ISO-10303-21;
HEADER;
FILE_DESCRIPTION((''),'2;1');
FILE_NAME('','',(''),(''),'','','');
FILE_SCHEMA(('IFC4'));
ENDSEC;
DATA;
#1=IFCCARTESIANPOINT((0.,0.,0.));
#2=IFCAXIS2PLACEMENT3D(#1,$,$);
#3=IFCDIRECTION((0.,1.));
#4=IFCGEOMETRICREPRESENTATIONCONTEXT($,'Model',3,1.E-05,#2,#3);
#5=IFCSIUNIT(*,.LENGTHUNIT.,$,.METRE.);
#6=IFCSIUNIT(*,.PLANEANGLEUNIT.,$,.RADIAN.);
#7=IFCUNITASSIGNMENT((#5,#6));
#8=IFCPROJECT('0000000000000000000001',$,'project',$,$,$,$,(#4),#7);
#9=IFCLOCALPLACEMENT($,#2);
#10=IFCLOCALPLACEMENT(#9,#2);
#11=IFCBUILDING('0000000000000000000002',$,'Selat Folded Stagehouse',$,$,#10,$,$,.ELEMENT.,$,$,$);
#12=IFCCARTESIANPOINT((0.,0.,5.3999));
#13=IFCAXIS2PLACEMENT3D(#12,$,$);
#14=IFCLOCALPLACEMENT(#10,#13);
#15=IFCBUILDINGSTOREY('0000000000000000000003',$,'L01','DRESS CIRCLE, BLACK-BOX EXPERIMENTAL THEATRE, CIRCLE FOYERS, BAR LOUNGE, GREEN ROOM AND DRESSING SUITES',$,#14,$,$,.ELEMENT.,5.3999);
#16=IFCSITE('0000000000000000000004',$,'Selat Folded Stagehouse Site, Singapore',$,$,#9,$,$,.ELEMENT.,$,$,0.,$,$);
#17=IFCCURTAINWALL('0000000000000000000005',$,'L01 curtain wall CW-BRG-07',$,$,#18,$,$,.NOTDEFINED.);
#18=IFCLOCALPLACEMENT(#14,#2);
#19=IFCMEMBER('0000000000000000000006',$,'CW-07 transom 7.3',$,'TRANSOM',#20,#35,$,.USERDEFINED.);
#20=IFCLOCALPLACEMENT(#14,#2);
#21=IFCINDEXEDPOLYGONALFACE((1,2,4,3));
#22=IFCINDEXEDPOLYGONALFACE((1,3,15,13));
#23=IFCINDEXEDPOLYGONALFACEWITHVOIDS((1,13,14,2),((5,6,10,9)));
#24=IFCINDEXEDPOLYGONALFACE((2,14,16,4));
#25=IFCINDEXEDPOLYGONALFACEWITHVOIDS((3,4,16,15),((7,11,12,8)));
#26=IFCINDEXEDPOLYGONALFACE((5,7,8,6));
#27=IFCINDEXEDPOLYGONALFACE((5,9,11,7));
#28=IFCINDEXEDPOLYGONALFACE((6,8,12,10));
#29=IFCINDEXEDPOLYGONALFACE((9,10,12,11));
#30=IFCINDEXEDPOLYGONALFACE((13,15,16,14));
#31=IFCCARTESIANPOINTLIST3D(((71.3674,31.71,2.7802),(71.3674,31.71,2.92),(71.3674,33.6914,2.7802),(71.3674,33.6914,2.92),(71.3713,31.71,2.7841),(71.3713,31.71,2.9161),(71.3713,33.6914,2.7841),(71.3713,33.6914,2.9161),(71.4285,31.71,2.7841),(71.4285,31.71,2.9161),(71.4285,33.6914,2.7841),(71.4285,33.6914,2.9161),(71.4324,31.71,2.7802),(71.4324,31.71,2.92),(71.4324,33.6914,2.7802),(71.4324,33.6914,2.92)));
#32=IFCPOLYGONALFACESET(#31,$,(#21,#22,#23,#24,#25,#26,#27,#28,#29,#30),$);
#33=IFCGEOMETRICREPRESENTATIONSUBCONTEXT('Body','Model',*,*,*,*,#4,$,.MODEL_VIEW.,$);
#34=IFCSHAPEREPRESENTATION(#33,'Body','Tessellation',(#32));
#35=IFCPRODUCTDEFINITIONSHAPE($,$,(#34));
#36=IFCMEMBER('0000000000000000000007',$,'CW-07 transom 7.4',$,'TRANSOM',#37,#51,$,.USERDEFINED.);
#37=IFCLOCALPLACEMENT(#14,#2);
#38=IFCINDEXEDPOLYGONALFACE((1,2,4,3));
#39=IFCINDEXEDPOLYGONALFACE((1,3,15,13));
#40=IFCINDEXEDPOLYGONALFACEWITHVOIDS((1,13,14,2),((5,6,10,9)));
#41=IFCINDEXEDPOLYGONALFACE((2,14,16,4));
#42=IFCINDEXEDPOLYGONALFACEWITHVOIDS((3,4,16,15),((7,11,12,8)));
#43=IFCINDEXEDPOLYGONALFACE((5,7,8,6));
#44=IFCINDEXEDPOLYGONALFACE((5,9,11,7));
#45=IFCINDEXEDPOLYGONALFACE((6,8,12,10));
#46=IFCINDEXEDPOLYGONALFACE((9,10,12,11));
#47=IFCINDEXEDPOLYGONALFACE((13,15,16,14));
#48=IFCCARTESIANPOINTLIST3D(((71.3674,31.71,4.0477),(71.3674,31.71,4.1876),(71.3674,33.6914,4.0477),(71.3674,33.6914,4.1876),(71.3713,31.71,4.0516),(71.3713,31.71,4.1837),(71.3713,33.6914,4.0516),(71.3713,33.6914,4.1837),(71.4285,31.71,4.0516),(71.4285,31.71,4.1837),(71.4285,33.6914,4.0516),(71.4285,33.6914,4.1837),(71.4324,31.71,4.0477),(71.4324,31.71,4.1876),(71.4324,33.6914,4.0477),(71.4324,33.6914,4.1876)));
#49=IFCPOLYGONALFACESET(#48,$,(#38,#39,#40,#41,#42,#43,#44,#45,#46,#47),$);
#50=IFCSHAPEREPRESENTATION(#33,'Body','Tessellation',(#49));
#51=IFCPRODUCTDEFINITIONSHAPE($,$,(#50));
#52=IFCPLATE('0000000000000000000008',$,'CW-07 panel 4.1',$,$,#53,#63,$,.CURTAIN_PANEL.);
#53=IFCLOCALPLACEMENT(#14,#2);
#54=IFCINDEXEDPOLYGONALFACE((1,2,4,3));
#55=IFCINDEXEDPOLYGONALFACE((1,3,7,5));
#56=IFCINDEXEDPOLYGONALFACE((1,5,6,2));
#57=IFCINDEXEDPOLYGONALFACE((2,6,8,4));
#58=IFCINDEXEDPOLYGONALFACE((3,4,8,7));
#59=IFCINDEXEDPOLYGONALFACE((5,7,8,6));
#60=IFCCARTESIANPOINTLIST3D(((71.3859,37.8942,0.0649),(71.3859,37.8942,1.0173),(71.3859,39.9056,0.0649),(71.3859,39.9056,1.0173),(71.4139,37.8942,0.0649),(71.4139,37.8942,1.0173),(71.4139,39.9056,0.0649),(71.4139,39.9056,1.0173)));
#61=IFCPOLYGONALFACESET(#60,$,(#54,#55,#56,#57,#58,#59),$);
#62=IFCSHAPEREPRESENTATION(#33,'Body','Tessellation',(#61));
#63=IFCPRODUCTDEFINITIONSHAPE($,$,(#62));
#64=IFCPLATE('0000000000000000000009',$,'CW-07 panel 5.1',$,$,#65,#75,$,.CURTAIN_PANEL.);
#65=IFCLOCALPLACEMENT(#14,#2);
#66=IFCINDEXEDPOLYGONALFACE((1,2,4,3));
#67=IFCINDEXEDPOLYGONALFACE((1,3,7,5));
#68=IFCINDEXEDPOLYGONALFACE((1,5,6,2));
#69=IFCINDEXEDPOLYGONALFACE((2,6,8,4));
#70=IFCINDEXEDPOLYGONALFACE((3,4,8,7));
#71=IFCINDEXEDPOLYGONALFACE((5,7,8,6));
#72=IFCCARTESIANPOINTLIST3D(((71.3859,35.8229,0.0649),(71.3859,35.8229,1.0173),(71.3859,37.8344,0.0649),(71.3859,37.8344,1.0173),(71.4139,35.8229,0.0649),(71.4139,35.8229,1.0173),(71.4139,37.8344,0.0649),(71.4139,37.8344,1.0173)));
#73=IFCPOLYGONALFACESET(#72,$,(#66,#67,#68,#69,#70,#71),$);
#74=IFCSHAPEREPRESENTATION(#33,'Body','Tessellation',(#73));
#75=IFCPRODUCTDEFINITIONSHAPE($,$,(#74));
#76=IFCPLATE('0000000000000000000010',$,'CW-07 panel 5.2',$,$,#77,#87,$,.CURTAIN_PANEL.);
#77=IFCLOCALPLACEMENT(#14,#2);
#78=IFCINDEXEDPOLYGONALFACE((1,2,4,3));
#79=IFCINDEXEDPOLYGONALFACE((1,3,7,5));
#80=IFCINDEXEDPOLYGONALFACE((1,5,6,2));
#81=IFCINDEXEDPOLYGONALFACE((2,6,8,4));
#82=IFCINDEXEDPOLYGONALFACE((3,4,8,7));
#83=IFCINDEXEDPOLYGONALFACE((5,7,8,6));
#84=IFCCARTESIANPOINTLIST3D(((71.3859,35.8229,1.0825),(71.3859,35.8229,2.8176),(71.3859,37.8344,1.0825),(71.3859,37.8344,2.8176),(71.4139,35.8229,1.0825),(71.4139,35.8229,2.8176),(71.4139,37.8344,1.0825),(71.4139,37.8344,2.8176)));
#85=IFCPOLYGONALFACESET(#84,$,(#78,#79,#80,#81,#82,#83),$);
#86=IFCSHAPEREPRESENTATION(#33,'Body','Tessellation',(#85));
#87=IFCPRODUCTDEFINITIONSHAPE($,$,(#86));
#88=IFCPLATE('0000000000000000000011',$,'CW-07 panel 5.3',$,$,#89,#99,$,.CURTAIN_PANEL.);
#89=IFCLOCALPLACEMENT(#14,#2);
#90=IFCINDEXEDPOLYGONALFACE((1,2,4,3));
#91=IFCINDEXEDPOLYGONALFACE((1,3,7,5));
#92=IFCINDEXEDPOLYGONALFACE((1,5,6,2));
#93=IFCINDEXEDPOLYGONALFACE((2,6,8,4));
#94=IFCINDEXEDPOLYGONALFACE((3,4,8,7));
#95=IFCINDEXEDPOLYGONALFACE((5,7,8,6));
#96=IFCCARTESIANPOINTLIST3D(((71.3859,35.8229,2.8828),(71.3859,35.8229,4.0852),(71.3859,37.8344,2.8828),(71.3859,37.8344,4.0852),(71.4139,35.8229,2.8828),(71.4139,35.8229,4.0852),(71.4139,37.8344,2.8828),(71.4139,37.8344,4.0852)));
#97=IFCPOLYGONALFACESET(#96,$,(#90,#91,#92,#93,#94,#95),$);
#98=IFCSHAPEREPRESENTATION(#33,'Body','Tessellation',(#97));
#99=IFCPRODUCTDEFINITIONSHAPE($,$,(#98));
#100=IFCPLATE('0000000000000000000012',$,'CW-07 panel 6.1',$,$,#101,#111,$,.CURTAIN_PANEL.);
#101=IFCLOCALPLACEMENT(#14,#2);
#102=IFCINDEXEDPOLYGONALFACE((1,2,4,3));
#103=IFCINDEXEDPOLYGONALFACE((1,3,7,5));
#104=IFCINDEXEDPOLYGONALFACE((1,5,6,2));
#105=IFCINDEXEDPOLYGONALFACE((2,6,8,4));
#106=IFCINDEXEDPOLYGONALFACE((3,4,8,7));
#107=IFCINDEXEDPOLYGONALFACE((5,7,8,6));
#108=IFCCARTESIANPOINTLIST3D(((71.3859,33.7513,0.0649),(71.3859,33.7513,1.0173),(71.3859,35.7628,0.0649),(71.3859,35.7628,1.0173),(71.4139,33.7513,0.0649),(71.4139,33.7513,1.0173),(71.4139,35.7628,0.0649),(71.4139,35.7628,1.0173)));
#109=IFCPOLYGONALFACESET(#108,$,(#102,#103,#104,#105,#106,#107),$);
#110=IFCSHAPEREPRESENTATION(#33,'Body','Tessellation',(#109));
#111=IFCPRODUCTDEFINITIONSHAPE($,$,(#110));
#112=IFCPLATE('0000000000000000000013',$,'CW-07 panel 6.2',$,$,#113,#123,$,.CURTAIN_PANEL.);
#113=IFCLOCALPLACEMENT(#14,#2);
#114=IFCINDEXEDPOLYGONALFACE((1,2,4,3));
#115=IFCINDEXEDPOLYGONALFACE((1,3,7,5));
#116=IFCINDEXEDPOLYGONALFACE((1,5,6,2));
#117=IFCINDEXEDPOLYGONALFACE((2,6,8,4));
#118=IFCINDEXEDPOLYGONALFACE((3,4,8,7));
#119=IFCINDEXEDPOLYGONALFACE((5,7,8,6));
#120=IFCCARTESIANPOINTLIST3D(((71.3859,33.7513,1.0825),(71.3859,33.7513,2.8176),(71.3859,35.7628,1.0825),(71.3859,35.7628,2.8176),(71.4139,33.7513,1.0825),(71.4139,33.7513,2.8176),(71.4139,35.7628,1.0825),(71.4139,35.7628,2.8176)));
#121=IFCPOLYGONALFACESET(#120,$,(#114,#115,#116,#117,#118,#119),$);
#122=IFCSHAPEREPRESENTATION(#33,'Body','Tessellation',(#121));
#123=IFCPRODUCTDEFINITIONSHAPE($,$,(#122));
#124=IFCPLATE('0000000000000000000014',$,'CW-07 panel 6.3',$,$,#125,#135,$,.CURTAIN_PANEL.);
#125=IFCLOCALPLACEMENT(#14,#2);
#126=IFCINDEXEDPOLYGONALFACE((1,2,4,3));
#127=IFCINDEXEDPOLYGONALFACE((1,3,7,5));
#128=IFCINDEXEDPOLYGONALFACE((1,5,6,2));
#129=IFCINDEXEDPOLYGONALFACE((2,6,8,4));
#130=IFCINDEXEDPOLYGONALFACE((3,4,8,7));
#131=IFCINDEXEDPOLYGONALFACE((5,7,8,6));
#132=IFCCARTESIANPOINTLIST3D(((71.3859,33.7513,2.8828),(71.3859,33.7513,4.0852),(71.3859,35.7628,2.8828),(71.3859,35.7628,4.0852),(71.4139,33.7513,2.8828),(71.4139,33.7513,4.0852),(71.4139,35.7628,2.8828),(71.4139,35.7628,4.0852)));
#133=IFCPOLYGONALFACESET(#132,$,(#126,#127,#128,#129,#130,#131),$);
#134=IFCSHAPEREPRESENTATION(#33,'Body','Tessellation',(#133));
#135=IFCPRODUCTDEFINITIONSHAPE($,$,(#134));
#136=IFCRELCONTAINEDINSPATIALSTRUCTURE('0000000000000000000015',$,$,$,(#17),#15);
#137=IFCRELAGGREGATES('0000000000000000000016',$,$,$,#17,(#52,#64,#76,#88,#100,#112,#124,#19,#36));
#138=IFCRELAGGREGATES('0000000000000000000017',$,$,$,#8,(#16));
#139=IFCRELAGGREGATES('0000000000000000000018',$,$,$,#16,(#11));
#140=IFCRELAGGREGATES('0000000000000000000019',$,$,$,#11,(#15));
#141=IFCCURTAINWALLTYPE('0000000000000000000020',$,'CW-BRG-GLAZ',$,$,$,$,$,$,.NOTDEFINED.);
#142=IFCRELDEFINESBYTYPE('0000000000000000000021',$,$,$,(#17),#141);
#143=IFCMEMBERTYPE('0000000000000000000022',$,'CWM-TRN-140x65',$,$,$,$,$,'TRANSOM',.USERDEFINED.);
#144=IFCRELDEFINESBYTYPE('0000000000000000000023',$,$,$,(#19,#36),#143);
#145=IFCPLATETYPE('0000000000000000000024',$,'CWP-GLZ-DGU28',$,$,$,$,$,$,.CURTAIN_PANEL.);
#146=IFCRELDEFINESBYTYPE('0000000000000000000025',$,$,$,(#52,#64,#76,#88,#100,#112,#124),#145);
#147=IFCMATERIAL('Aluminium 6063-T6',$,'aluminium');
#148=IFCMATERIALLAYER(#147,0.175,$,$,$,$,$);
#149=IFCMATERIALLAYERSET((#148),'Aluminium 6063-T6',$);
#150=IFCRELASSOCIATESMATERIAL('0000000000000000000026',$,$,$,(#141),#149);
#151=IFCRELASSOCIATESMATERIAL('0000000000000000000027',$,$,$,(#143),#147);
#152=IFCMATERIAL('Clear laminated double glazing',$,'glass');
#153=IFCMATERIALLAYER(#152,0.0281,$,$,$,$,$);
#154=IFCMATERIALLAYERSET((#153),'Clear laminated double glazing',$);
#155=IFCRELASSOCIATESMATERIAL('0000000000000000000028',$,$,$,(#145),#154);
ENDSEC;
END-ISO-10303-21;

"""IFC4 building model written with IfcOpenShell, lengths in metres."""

from ifc_helpers import new_model, si_unit, direction, frame, origin, origin_2d, place, context, subcontext, project, spatial, rectangle, hollow_rectangle, extrude, material, layer, layer_set, material_profile, profile_set, type_object, element, aggregate, save


model = new_model("IFC4")

# Units and contexts
model_context = context("Model", 3, precision=1e-05, world=origin(), true_north=direction((0.0, 1.0)))
body_context = subcontext(model_context, "Body", "Model", "MODEL_VIEW")
ifc_project = project(units=[si_unit("LENGTHUNIT", "METRE"), si_unit("PLANEANGLEUNIT", "RADIAN")], contexts=[model_context])

# Site, building, storey
site_placement = place(None, origin())
site = spatial("IfcSite", under=ifc_project, at=site_placement, Name="Selat Folded Stagehouse Site, Singapore", CompositionType="ELEMENT", RefElevation=0.0)
building_placement = place(site_placement, origin())
building = spatial("IfcBuilding", under=site, at=building_placement, Name="Selat Folded Stagehouse", CompositionType="ELEMENT")
storey_placement = place(building_placement, frame((0.0, 0.0, 5.3999)))
storey = spatial("IfcBuildingStorey", under=building, at=storey_placement, Name="L01", Description="DRESS CIRCLE, BLACK-BOX EXPERIMENTAL THEATRE, CIRCLE FOYERS, BAR LOUNGE, GREEN ROOM AND DRESSING SUITES", CompositionType="ELEMENT", Elevation=5.3999)

# Curtain wall, members, plates
ifc_material_1 = material(Name="Aluminium 6063-T6", Category="aluminium")
ifc_layer_1 = layer(ifc_material_1, 0.175)
ifc_layer_set_1 = layer_set([ifc_layer_1], Name="Aluminium 6063-T6")
curtain_wall_type = type_object("IfcCurtainWallType", Name="CW-BRG-GLAZ", PredefinedType="NOTDEFINED", material=ifc_layer_set_1)
curtain_wall_placement = place(storey_placement, origin())
curtain_wall = element("IfcCurtainWall", 1, at=curtain_wall_placement, inside=storey, type_object=curtain_wall_type, Name="L01 curtain wall CW-BRG-07", PredefinedType="NOTDEFINED")
ifc_material_profile_1 = material_profile(ifc_material_1, hollow_rectangle(XDim=0.0649, YDim=0.1399, WallThickness=0.0039, at=origin_2d()), Name="ALU 140x65x4.0")
ifc_profile_set_1 = profile_set([ifc_material_profile_1], Name="Aluminium 6063-T6")
member_type_1 = type_object("IfcMemberType", Name="CWM-TRN-140x65", ElementType="TRANSOM", PredefinedType="USERDEFINED", material=ifc_profile_set_1)
member_1_placement = place(storey_placement, frame((71.3999, 33.6914, 2.8501), z_axis=(0.0, -1.0, 0.0), x_axis=(1.0, 0.0, 0.0)))
member_1 = element("IfcMember", 2, at=member_1_placement, type_object=member_type_1, Name="CW-07 transom 7.3", ObjectType="TRANSOM", PredefinedType="USERDEFINED", context=body_context, shape_type="SweptSolid", body=[
    extrude(hollow_rectangle(XDim=0.0649, YDim=0.1399, WallThickness=0.0039, at=origin_2d()), origin(), (0.0, 0.0, 1.0), 1.9814),
])
member_2_placement = place(storey_placement, frame((71.3999, 33.6914, 4.1177), z_axis=(0.0, -1.0, 0.0), x_axis=(1.0, 0.0, 0.0)))
member_2 = element("IfcMember", 3, at=member_2_placement, type_object=member_type_1, Name="CW-07 transom 7.4", ObjectType="TRANSOM", PredefinedType="USERDEFINED", context=body_context, shape_type="SweptSolid", body=[
    extrude(hollow_rectangle(XDim=0.0649, YDim=0.1399, WallThickness=0.0039, at=origin_2d()), origin(), (0.0, 0.0, 1.0), 1.9814),
])
ifc_material_2 = material(Name="Clear laminated double glazing", Category="glass")
ifc_layer_2 = layer(ifc_material_2, 0.0281)
ifc_layer_set_2 = layer_set([ifc_layer_2], Name="Clear laminated double glazing")
plate_type = type_object("IfcPlateType", Name="CWP-GLZ-DGU28", PredefinedType="CURTAIN_PANEL", material=ifc_layer_set_2)
plate_1_placement = place(storey_placement, frame((71.3999, 38.8999, 0.0649), z_axis=(0.0, 0.0, 1.0), x_axis=(0.0, -1.0, 0.0)))
plate_1 = element("IfcPlate", 4, at=plate_1_placement, type_object=plate_type, Name="CW-07 panel 4.1", PredefinedType="CURTAIN_PANEL", context=body_context, shape_type="SweptSolid", body=[
    extrude(rectangle(XDim=2.0115, YDim=0.0281, at=origin_2d()), origin(), (0.0, 0.0, 1.0), 0.9524),
])
plate_2_placement = place(storey_placement, frame((71.3999, 36.8286, 0.0649), z_axis=(0.0, 0.0, 1.0), x_axis=(0.0, -1.0, 0.0)))
plate_2 = element("IfcPlate", 5, at=plate_2_placement, type_object=plate_type, Name="CW-07 panel 5.1", PredefinedType="CURTAIN_PANEL", context=body_context, shape_type="SweptSolid", body=[
    extrude(rectangle(XDim=2.0115, YDim=0.0281, at=origin_2d()), origin(), (0.0, 0.0, 1.0), 0.9524),
])
plate_3_placement = place(storey_placement, frame((71.3999, 36.8286, 1.0825), z_axis=(0.0, 0.0, 1.0), x_axis=(0.0, -1.0, 0.0)))
plate_3 = element("IfcPlate", 6, at=plate_3_placement, type_object=plate_type, Name="CW-07 panel 5.2", PredefinedType="CURTAIN_PANEL", context=body_context, shape_type="SweptSolid", body=[
    extrude(rectangle(XDim=2.0115, YDim=0.0281, at=origin_2d()), origin(), (0.0, 0.0, 1.0), 1.7351),
])
plate_4_placement = place(storey_placement, frame((71.3999, 36.8286, 2.8828), z_axis=(0.0, 0.0, 1.0), x_axis=(0.0, -1.0, 0.0)))
plate_4 = element("IfcPlate", 7, at=plate_4_placement, type_object=plate_type, Name="CW-07 panel 5.3", PredefinedType="CURTAIN_PANEL", context=body_context, shape_type="SweptSolid", body=[
    extrude(rectangle(XDim=2.0115, YDim=0.0281, at=origin_2d()), origin(), (0.0, 0.0, 1.0), 1.2024),
])
plate_5_placement = place(storey_placement, frame((71.3999, 34.7571, 0.0649), z_axis=(0.0, 0.0, 1.0), x_axis=(0.0, -1.0, 0.0)))
plate_5 = element("IfcPlate", 8, at=plate_5_placement, type_object=plate_type, Name="CW-07 panel 6.1", PredefinedType="CURTAIN_PANEL", context=body_context, shape_type="SweptSolid", body=[
    extrude(rectangle(XDim=2.0115, YDim=0.0281, at=origin_2d()), origin(), (0.0, 0.0, 1.0), 0.9524),
])
plate_6_placement = place(storey_placement, frame((71.3999, 34.7571, 1.0825), z_axis=(0.0, 0.0, 1.0), x_axis=(0.0, -1.0, 0.0)))
plate_6 = element("IfcPlate", 9, at=plate_6_placement, type_object=plate_type, Name="CW-07 panel 6.2", PredefinedType="CURTAIN_PANEL", context=body_context, shape_type="SweptSolid", body=[
    extrude(rectangle(XDim=2.0115, YDim=0.0281, at=origin_2d()), origin(), (0.0, 0.0, 1.0), 1.7351),
])
plate_7_placement = place(storey_placement, frame((71.3999, 34.7571, 2.8828), z_axis=(0.0, 0.0, 1.0), x_axis=(0.0, -1.0, 0.0)))
plate_7 = element("IfcPlate", 10, at=plate_7_placement, type_object=plate_type, Name="CW-07 panel 6.3", PredefinedType="CURTAIN_PANEL", context=body_context, shape_type="SweptSolid", body=[
    extrude(rectangle(XDim=2.0115, YDim=0.0281, at=origin_2d()), origin(), (0.0, 0.0, 1.0), 1.2024),
])
aggregate(curtain_wall, [plate_1, plate_2, plate_3, plate_4, plate_5, plate_6, plate_7, member_1, member_2])

save(model, "model.ifc")
